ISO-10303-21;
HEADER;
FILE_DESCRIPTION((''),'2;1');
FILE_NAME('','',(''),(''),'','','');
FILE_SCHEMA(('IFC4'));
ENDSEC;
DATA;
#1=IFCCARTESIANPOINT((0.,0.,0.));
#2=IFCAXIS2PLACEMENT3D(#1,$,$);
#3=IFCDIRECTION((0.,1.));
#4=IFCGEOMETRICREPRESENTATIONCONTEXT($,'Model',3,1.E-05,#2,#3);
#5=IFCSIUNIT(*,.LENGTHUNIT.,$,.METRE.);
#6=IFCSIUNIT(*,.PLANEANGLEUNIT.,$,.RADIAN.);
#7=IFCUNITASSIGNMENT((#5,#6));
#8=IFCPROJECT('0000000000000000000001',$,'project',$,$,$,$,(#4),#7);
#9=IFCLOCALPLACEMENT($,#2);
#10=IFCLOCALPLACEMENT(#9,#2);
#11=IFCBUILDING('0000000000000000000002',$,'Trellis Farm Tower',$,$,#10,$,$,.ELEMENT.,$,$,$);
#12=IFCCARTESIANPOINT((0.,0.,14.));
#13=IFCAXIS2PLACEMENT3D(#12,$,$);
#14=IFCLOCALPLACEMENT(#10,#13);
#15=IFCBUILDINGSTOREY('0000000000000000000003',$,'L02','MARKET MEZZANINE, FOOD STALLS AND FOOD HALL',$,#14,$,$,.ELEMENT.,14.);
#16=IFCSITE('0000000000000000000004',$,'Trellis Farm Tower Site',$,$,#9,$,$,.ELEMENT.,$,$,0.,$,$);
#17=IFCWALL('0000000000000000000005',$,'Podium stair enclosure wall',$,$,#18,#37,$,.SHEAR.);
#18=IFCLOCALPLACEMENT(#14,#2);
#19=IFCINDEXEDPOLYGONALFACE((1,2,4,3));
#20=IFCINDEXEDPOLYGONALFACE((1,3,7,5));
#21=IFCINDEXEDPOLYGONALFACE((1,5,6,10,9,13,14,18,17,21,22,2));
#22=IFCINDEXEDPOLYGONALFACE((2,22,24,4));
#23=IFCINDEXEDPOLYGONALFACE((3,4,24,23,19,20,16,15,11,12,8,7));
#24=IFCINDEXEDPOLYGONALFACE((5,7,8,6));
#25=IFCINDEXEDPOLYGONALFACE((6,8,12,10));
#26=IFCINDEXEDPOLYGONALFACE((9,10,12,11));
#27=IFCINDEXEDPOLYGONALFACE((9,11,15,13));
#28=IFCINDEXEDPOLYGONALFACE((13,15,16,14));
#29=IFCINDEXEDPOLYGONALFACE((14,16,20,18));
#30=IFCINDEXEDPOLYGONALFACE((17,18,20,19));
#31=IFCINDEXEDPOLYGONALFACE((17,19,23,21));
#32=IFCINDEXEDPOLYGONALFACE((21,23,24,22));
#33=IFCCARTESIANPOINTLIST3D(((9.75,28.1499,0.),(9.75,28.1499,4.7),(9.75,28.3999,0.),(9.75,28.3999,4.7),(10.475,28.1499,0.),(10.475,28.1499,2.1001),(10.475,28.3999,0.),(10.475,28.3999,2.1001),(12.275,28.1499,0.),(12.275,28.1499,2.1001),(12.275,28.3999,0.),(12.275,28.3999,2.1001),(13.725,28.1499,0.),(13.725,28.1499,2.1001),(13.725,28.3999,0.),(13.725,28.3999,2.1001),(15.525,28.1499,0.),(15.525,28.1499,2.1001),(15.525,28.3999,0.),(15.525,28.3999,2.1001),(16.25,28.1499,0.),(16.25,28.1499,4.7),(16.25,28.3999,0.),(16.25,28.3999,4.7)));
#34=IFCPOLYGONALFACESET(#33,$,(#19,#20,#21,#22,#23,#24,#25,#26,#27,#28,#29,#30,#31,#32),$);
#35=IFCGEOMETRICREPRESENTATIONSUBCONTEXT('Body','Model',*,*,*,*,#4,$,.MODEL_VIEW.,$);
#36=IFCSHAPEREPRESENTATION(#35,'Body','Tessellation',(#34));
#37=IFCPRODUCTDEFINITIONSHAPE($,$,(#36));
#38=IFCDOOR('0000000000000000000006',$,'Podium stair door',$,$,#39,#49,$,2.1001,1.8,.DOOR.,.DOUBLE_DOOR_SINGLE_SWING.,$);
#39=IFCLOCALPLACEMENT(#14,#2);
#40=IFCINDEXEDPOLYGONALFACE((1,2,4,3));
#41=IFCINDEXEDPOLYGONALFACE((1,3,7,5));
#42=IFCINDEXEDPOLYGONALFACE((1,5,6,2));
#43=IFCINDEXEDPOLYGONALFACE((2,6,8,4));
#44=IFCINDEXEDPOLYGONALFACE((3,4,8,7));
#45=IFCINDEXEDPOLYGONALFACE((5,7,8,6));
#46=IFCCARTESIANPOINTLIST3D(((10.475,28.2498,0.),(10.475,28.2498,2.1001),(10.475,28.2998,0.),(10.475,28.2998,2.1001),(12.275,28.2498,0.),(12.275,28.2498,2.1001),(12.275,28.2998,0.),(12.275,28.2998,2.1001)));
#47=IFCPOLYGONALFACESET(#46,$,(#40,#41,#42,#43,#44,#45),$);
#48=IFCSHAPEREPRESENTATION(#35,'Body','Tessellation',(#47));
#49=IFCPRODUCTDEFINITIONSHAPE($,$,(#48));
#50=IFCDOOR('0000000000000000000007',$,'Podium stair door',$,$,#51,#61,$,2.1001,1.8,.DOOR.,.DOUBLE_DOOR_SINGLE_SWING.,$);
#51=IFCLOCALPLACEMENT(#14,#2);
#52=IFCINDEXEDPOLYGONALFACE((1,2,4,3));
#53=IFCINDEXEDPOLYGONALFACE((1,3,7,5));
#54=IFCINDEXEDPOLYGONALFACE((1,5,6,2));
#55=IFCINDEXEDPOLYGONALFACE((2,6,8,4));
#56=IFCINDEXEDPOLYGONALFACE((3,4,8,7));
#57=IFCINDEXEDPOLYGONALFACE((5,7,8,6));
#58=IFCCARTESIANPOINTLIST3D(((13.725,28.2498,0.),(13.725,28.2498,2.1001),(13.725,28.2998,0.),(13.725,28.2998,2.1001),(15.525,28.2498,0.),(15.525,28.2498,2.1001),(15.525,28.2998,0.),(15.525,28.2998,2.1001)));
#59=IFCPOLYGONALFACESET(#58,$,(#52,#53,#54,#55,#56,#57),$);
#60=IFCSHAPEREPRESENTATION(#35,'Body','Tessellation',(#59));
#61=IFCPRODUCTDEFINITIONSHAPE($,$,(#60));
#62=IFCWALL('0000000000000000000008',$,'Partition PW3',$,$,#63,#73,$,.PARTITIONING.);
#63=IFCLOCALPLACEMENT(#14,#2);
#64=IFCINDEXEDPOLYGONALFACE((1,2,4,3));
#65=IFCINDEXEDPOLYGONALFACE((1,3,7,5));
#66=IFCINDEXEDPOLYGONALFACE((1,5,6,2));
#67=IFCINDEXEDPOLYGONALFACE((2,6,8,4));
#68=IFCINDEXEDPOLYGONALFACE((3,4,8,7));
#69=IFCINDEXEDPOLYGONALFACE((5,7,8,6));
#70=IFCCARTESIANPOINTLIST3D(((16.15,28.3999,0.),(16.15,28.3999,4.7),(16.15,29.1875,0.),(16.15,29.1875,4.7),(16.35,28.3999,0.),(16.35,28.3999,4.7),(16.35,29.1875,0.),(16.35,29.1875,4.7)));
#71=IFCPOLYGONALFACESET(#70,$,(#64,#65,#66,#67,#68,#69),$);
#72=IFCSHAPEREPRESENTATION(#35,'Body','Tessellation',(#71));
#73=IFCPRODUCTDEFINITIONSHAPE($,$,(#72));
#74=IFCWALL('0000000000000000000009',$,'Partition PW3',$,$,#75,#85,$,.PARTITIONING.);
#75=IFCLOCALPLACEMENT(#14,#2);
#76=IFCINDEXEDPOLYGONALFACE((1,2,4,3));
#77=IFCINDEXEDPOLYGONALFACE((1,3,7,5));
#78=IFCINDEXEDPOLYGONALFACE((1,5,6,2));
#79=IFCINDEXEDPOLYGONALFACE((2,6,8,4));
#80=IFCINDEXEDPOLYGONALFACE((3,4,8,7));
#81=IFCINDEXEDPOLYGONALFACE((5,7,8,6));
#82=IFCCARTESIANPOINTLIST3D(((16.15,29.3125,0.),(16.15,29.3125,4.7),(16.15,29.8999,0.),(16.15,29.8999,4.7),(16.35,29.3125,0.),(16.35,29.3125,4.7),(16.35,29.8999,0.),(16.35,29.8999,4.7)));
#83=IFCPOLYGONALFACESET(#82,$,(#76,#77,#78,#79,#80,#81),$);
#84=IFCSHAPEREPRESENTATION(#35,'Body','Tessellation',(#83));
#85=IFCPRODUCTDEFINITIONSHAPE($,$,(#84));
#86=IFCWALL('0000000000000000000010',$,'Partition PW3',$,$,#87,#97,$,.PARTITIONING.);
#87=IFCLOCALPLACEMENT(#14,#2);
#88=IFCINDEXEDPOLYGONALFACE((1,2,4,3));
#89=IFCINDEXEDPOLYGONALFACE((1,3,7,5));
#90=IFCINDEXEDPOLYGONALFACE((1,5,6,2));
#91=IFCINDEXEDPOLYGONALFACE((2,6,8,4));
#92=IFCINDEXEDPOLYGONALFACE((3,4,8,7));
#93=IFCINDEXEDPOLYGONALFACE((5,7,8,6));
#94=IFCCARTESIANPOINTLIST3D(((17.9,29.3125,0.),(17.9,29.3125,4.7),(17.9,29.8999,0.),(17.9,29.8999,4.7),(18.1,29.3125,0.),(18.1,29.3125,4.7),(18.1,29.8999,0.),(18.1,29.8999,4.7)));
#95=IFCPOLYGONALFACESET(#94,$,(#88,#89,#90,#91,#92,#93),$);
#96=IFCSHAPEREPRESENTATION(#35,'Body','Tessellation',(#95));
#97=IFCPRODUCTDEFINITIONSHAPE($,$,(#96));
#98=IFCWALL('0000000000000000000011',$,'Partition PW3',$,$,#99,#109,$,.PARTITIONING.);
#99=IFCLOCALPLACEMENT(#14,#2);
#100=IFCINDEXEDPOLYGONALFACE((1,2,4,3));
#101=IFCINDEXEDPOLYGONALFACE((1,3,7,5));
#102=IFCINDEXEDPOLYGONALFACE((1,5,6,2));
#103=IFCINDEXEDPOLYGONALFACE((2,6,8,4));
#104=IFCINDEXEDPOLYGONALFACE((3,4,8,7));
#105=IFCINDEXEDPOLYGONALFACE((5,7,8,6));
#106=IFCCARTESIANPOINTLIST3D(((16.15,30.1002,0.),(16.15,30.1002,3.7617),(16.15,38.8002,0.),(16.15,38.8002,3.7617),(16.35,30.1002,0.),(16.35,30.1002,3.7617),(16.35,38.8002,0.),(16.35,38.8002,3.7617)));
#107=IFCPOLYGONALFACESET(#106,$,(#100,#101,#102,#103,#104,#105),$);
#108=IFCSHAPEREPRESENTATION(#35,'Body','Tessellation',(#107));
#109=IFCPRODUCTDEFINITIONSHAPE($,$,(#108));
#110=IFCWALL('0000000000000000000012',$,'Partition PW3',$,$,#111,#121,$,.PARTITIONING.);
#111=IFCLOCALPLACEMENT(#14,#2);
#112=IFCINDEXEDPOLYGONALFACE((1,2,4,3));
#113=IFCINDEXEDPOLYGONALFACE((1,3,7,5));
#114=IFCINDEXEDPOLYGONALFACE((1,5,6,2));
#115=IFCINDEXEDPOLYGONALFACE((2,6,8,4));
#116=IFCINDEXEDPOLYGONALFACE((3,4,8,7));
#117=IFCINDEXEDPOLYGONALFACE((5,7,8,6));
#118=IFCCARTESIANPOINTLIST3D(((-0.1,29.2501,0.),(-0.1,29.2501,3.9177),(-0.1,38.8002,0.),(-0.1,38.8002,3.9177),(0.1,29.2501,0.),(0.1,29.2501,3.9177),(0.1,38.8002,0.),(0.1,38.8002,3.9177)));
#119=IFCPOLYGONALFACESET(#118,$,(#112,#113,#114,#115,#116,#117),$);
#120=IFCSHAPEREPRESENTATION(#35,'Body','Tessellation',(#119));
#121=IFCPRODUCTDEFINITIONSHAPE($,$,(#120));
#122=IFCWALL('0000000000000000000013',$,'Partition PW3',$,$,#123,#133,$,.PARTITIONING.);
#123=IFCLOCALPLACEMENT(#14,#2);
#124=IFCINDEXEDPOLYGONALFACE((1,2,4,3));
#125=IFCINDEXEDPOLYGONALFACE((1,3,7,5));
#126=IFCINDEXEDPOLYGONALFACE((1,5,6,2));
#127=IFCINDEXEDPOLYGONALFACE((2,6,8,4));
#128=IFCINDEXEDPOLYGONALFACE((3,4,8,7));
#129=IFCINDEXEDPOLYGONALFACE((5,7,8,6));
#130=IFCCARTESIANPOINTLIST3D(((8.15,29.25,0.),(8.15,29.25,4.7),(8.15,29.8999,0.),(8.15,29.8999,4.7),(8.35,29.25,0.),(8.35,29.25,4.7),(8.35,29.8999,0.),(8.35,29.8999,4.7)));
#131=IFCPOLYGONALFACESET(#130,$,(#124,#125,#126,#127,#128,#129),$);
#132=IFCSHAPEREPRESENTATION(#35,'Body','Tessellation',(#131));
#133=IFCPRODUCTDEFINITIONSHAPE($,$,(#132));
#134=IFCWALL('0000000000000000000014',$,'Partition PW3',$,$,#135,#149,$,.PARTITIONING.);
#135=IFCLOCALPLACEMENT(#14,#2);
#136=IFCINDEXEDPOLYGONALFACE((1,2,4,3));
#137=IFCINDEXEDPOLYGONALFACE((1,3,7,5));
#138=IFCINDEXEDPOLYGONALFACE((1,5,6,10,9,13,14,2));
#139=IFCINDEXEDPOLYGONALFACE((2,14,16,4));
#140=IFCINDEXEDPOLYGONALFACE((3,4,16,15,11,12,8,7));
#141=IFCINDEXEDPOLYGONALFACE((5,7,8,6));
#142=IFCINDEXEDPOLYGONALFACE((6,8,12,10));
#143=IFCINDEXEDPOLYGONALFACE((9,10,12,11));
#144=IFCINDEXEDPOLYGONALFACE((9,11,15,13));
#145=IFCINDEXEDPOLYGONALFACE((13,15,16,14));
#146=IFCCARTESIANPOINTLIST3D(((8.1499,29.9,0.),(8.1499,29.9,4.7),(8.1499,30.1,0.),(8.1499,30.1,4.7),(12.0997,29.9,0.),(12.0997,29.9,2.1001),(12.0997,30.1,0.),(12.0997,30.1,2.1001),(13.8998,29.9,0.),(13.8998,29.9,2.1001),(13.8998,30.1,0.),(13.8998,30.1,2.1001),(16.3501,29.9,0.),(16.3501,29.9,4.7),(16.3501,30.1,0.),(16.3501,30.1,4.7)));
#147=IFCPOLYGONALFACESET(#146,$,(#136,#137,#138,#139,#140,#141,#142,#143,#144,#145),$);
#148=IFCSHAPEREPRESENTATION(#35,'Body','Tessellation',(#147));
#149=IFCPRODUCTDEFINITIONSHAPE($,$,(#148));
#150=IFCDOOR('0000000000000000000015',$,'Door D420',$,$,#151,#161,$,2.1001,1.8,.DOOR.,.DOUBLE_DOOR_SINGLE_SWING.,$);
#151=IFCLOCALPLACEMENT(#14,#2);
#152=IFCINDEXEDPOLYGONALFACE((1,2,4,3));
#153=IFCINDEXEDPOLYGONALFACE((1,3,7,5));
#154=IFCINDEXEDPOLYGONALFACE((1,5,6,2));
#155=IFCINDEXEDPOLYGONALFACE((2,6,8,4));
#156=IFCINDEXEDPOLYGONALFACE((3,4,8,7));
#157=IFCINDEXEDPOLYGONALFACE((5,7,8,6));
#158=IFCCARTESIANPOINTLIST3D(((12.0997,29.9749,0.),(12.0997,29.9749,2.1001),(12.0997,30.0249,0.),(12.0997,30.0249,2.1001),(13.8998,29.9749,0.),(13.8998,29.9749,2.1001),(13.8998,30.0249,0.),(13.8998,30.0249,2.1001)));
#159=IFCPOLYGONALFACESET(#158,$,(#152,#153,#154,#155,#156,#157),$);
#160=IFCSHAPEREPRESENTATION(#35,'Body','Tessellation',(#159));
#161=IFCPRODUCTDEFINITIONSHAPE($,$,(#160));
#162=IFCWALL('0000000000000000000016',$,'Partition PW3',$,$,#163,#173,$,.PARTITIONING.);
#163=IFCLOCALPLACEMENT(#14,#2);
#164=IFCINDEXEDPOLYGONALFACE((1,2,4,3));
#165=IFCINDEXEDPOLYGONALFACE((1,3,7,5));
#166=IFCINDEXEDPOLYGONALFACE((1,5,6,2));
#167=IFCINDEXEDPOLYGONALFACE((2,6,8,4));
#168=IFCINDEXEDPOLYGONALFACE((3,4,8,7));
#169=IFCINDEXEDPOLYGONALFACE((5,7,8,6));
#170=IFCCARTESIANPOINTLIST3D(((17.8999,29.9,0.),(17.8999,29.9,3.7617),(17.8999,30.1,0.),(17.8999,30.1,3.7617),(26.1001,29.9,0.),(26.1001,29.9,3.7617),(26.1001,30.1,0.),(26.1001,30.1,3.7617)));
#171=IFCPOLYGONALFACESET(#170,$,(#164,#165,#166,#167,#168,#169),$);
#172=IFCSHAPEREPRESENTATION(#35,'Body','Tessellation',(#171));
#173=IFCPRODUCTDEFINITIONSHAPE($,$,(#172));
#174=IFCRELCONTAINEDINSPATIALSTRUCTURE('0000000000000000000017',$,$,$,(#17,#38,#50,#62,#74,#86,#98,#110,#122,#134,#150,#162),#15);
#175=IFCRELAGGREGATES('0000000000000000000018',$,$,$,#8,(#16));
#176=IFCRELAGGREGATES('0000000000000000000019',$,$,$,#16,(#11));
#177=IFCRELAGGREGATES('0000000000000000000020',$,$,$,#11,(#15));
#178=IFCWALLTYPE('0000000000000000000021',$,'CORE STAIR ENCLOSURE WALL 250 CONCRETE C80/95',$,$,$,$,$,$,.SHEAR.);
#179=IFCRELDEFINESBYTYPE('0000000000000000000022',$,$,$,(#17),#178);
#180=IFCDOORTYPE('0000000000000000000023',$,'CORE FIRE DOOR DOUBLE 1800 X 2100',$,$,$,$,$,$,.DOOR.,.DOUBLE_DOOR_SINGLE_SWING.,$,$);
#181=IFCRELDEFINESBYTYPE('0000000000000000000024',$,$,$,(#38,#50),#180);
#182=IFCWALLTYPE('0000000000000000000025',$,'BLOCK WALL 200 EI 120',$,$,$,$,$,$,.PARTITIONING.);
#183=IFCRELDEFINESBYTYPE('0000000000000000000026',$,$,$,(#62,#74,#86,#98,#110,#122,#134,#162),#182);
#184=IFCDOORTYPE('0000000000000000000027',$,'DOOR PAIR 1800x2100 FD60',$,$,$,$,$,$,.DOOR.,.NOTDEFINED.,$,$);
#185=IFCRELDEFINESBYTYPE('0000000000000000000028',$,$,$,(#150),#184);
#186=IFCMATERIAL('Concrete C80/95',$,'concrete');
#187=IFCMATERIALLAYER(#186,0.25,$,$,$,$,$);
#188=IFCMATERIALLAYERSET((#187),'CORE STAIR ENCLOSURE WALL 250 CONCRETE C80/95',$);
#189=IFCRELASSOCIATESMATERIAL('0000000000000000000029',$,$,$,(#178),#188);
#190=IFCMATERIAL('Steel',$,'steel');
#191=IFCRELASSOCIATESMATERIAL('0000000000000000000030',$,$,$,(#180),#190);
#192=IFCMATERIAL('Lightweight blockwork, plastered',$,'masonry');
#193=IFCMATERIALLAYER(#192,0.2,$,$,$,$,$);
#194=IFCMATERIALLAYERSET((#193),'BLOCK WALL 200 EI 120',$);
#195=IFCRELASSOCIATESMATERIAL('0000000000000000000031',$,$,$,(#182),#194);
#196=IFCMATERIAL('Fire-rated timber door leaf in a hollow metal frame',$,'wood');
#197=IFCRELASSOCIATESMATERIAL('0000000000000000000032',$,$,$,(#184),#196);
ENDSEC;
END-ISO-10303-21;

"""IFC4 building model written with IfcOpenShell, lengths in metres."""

from ifc_helpers import new_model, si_unit, direction, frame, frame_2d, origin, place, context, subcontext, project, spatial, rectangle, extrude, source, transform, mapped, material, layer, layer_set, type_object, element, fill, save


model = new_model("IFC4")

# Units and contexts
model_context = context("Model", 3, precision=1e-05, world=origin(), true_north=direction((0.0, 1.0)))
body_context = subcontext(model_context, "Body", "Model", "MODEL_VIEW")
ifc_project = project(units=[si_unit("LENGTHUNIT", "METRE"), si_unit("PLANEANGLEUNIT", "RADIAN")], contexts=[model_context])

# Site, building, storey
site_placement = place(None, origin())
site = spatial("IfcSite", under=ifc_project, at=site_placement, Name="Trellis Farm Tower Site", CompositionType="ELEMENT", RefElevation=0.0)
building_placement = place(site_placement, origin())
building = spatial("IfcBuilding", under=site, at=building_placement, Name="Trellis Farm Tower", CompositionType="ELEMENT")
storey_placement = place(building_placement, frame((0.0, 0.0, 14.0)))
storey = spatial("IfcBuildingStorey", under=building, at=storey_placement, Name="L02", Description="MARKET MEZZANINE, FOOD STALLS AND FOOD HALL", CompositionType="ELEMENT", Elevation=14.0)

# Shared definitions
ifc_material_1 = material(Name="Concrete C80/95", Category="concrete")

# Wall, openings, doors
ifc_layer_1 = layer(ifc_material_1, 0.25)
ifc_layer_set_1 = layer_set([ifc_layer_1], Name="CORE STAIR ENCLOSURE WALL 250 CONCRETE C80/95")
wall_type_1 = type_object("IfcWallType", Name="CORE STAIR ENCLOSURE WALL 250 CONCRETE C80/95", PredefinedType="SHEAR", material=ifc_layer_set_1)
shared_shape_1 = source(origin(), body_context, "Body", "SweptSolid", [
    extrude(rectangle(XDim=6.5, YDim=0.25, at=frame_2d((3.25, 0.0))), origin(), (0.0, 0.0, 1.0), 4.7),
])
wall_1_placement = place(storey_placement, frame((9.75, 28.2749, 0.0), z_axis=(0.0, 0.0, 1.0), x_axis=(1.0, 0.0, 0.0)))
wall_1 = element("IfcWall", 1, at=wall_1_placement, inside=storey, type_object=wall_type_1, Name="Podium stair enclosure wall", PredefinedType="SHEAR", context=body_context, shape_type="MappedRepresentation", body=[
    mapped(shared_shape_1, transform((0.0, 0.0, 0.0))),
])
shared_shape_2 = source(origin(), body_context, "Body", "SweptSolid", [
    extrude(rectangle(XDim=1.8, YDim=2.1001, at=frame_2d((0.8999, 1.05))), frame((0.0, 0.135, 0.0), z_axis=(0.0, -1.0, 0.0), x_axis=(1.0, 0.0, 0.0)), (0.0, 0.0, 1.0), 0.27),
])
opening_1_placement = place(wall_1_placement, frame((0.7251, 0.0, 0.0)))
opening_1 = element("IfcOpeningElement", 2, at=opening_1_placement, cuts=wall_1, PredefinedType="OPENING", context=body_context, shape_type="MappedRepresentation", body=[
    mapped(shared_shape_2, transform((0.0, 0.0, 0.0))),
])
opening_2_placement = place(wall_1_placement, frame((3.9751, 0.0, 0.0)))
opening_2 = element("IfcOpeningElement", 3, at=opening_2_placement, cuts=wall_1, PredefinedType="OPENING", context=body_context, shape_type="MappedRepresentation", body=[
    mapped(shared_shape_2, transform((0.0, 0.0, 0.0))),
])
ifc_material_2 = material(Name="Steel", Category="steel")
door_type_1 = type_object("IfcDoorType", Name="CORE FIRE DOOR DOUBLE 1800 X 2100", OperationType="DOUBLE_DOOR_SINGLE_SWING", PredefinedType="DOOR", material=ifc_material_2)
shared_shape_3 = source(origin(), body_context, "Body", "SweptSolid", [
    extrude(rectangle(XDim=1.8, YDim=2.1001, at=frame_2d((0.8999, 1.05))), frame((0.0, 0.0249, 0.0), z_axis=(0.0, -1.0, 0.0), x_axis=(1.0, 0.0, 0.0)), (0.0, 0.0, 1.0), 0.05),
])
door_1_placement = place(opening_1_placement, origin())
door_1 = element("IfcDoor", 4, at=door_1_placement, inside=storey, type_object=door_type_1, Name="Podium stair door", OperationType="DOUBLE_DOOR_SINGLE_SWING", OverallHeight=2.1001, OverallWidth=1.8, PredefinedType="DOOR", context=body_context, shape_type="MappedRepresentation", body=[
    mapped(shared_shape_3, transform((0.0, 0.0, 0.0))),
])
fill(opening_1, door_1)
door_2_placement = place(opening_2_placement, origin())
door_2 = element("IfcDoor", 5, at=door_2_placement, inside=storey, type_object=door_type_1, Name="Podium stair door", OperationType="DOUBLE_DOOR_SINGLE_SWING", OverallHeight=2.1001, OverallWidth=1.8, PredefinedType="DOOR", context=body_context, shape_type="MappedRepresentation", body=[
    mapped(shared_shape_3, transform((0.0, 0.0, 0.0))),
])
fill(opening_2, door_2)

# Walls
ifc_material_3 = material(Name="Lightweight blockwork, plastered", Category="masonry")
ifc_layer_2 = layer(ifc_material_3, 0.2)
ifc_layer_set_2 = layer_set([ifc_layer_2], Name="BLOCK WALL 200 EI 120")
wall_type_2 = type_object("IfcWallType", Name="BLOCK WALL 200 EI 120", PredefinedType="PARTITIONING", material=ifc_layer_set_2)
shared_shape_4 = source(origin(), body_context, "Body", "SweptSolid", [
    extrude(rectangle(XDim=0.7876, YDim=0.2, at=frame_2d((0.3938, 0.0))), origin(), (0.0, 0.0, 1.0), 4.7),
])
wall_2_placement = place(storey_placement, frame((16.25, 28.3999, 0.0), z_axis=(0.0, 0.0, 1.0), x_axis=(0.0, 1.0, 0.0)))
element("IfcWall", 6, at=wall_2_placement, inside=storey, type_object=wall_type_2, Name="Partition PW3", PredefinedType="PARTITIONING", context=body_context, shape_type="MappedRepresentation", body=[
    mapped(shared_shape_4, transform((0.0, 0.0, 0.0))),
])
shared_shape_5 = source(origin(), body_context, "Body", "SweptSolid", [
    extrude(rectangle(XDim=0.5874, YDim=0.2, at=frame_2d((0.2937, 0.0))), origin(), (0.0, 0.0, 1.0), 4.7),
])
for number, where, z_axis, x_axis, name in (
    (7, (16.25, 29.8999, 0.0), (0.0, 0.0, 1.0), (0.0, -1.0, 0.0), "Partition PW3"),
    (8, (18.0, 29.8999, 0.0), (0.0, 0.0, 1.0), (0.0, -1.0, 0.0), "Partition PW3"),
):
    element("IfcWall", number, at=place(storey_placement, frame(where, z_axis=z_axis, x_axis=x_axis)), inside=storey, type_object=wall_type_2, Name=name, PredefinedType="PARTITIONING", context=body_context, shape_type="MappedRepresentation", body=[
        mapped(shared_shape_5, transform((0.0, 0.0, 0.0))),
    ])
shared_shape_6 = source(origin(), body_context, "Body", "SweptSolid", [
    extrude(rectangle(XDim=8.7, YDim=0.2, at=frame_2d((4.3501, 0.0))), origin(), (0.0, 0.0, 1.0), 3.7617),
])
wall_3_placement = place(storey_placement, frame((16.25, 30.1001, 0.0), z_axis=(0.0, 0.0, 1.0), x_axis=(0.0, 1.0, 0.0)))
element("IfcWall", 9, at=wall_3_placement, inside=storey, type_object=wall_type_2, Name="Partition PW3", PredefinedType="PARTITIONING", context=body_context, shape_type="MappedRepresentation", body=[
    mapped(shared_shape_6, transform((0.0, 0.0, 0.0))),
])
shared_shape_7 = source(origin(), body_context, "Body", "SweptSolid", [
    extrude(rectangle(XDim=9.55, YDim=0.2, at=frame_2d((4.7749, 0.0))), origin(), (0.0, 0.0, 1.0), 3.9177),
])
wall_4_placement = place(storey_placement, frame((0.0, 38.8, 0.0), z_axis=(0.0, 0.0, 1.0), x_axis=(0.0, -1.0, 0.0)))
element("IfcWall", 10, at=wall_4_placement, inside=storey, type_object=wall_type_2, Name="Partition PW3", PredefinedType="PARTITIONING", context=body_context, shape_type="MappedRepresentation", body=[
    mapped(shared_shape_7, transform((0.0, 0.0, 0.0))),
])
shared_shape_8 = source(origin(), body_context, "Body", "SweptSolid", [
    extrude(rectangle(XDim=0.6499, YDim=0.2, at=frame_2d((0.325, 0.0))), origin(), (0.0, 0.0, 1.0), 4.7),
])
wall_5_placement = place(storey_placement, frame((8.25, 29.25, 0.0), z_axis=(0.0, 0.0, 1.0), x_axis=(0.0, 1.0, 0.0)))
element("IfcWall", 11, at=wall_5_placement, inside=storey, type_object=wall_type_2, Name="Partition PW3", PredefinedType="PARTITIONING", context=body_context, shape_type="MappedRepresentation", body=[
    mapped(shared_shape_8, transform((0.0, 0.0, 0.0))),
])

# Wall, opening, door
shared_shape_9 = source(origin(), body_context, "Body", "SweptSolid", [
    extrude(rectangle(XDim=8.2002, YDim=0.2, at=frame_2d((4.1001, 0.0))), origin(), (0.0, 0.0, 1.0), 4.7),
])
wall_6_placement = place(storey_placement, frame((8.1499, 30.0, 0.0), z_axis=(0.0, 0.0, 1.0), x_axis=(1.0, 0.0, 0.0)))
wall_6 = element("IfcWall", 12, at=wall_6_placement, inside=storey, type_object=wall_type_2, Name="Partition PW3", PredefinedType="PARTITIONING", context=body_context, shape_type="MappedRepresentation", body=[
    mapped(shared_shape_9, transform((0.0, 0.0, 0.0))),
])
shared_shape_10 = source(origin(), body_context, "Body", "SweptSolid", [
    extrude(rectangle(XDim=1.8, YDim=2.1001, at=frame_2d((0.8999, 1.05))), frame((0.0, 0.1101, 0.0), z_axis=(0.0, -1.0, 0.0), x_axis=(1.0, 0.0, 0.0)), (0.0, 0.0, 1.0), 0.2202),
])
opening_3_placement = place(wall_6_placement, frame((3.95, 0.0, 0.0)))
opening_3 = element("IfcOpeningElement", 13, at=opening_3_placement, cuts=wall_6, PredefinedType="OPENING", context=body_context, shape_type="MappedRepresentation", body=[
    mapped(shared_shape_10, transform((0.0, 0.0, 0.0))),
])
ifc_material_4 = material(Name="Fire-rated timber door leaf in a hollow metal frame", Category="wood")
door_type_2 = type_object("IfcDoorType", Name="DOOR PAIR 1800x2100 FD60", OperationType="NOTDEFINED", PredefinedType="DOOR", material=ifc_material_4)
door_3_placement = place(opening_3_placement, origin())
door_3 = element("IfcDoor", 14, at=door_3_placement, inside=storey, type_object=door_type_2, Name="Door D420", OperationType="DOUBLE_DOOR_SINGLE_SWING", OverallHeight=2.1001, OverallWidth=1.8, PredefinedType="DOOR", context=body_context, shape_type="MappedRepresentation", body=[
    mapped(shared_shape_3, transform((0.0, 0.0, 0.0))),
])
fill(opening_3, door_3)

# Wall
shared_shape_11 = source(origin(), body_context, "Body", "SweptSolid", [
    extrude(rectangle(XDim=8.2002, YDim=0.2, at=frame_2d((4.1001, 0.0))), origin(), (0.0, 0.0, 1.0), 3.7617),
])
wall_7_placement = place(storey_placement, frame((17.8999, 30.0, 0.0), z_axis=(0.0, 0.0, 1.0), x_axis=(1.0, 0.0, 0.0)))
element("IfcWall", 15, at=wall_7_placement, inside=storey, type_object=wall_type_2, Name="Partition PW3", PredefinedType="PARTITIONING", context=body_context, shape_type="MappedRepresentation", body=[
    mapped(shared_shape_11, transform((0.0, 0.0, 0.0))),
])

save(model, "model.ifc")
